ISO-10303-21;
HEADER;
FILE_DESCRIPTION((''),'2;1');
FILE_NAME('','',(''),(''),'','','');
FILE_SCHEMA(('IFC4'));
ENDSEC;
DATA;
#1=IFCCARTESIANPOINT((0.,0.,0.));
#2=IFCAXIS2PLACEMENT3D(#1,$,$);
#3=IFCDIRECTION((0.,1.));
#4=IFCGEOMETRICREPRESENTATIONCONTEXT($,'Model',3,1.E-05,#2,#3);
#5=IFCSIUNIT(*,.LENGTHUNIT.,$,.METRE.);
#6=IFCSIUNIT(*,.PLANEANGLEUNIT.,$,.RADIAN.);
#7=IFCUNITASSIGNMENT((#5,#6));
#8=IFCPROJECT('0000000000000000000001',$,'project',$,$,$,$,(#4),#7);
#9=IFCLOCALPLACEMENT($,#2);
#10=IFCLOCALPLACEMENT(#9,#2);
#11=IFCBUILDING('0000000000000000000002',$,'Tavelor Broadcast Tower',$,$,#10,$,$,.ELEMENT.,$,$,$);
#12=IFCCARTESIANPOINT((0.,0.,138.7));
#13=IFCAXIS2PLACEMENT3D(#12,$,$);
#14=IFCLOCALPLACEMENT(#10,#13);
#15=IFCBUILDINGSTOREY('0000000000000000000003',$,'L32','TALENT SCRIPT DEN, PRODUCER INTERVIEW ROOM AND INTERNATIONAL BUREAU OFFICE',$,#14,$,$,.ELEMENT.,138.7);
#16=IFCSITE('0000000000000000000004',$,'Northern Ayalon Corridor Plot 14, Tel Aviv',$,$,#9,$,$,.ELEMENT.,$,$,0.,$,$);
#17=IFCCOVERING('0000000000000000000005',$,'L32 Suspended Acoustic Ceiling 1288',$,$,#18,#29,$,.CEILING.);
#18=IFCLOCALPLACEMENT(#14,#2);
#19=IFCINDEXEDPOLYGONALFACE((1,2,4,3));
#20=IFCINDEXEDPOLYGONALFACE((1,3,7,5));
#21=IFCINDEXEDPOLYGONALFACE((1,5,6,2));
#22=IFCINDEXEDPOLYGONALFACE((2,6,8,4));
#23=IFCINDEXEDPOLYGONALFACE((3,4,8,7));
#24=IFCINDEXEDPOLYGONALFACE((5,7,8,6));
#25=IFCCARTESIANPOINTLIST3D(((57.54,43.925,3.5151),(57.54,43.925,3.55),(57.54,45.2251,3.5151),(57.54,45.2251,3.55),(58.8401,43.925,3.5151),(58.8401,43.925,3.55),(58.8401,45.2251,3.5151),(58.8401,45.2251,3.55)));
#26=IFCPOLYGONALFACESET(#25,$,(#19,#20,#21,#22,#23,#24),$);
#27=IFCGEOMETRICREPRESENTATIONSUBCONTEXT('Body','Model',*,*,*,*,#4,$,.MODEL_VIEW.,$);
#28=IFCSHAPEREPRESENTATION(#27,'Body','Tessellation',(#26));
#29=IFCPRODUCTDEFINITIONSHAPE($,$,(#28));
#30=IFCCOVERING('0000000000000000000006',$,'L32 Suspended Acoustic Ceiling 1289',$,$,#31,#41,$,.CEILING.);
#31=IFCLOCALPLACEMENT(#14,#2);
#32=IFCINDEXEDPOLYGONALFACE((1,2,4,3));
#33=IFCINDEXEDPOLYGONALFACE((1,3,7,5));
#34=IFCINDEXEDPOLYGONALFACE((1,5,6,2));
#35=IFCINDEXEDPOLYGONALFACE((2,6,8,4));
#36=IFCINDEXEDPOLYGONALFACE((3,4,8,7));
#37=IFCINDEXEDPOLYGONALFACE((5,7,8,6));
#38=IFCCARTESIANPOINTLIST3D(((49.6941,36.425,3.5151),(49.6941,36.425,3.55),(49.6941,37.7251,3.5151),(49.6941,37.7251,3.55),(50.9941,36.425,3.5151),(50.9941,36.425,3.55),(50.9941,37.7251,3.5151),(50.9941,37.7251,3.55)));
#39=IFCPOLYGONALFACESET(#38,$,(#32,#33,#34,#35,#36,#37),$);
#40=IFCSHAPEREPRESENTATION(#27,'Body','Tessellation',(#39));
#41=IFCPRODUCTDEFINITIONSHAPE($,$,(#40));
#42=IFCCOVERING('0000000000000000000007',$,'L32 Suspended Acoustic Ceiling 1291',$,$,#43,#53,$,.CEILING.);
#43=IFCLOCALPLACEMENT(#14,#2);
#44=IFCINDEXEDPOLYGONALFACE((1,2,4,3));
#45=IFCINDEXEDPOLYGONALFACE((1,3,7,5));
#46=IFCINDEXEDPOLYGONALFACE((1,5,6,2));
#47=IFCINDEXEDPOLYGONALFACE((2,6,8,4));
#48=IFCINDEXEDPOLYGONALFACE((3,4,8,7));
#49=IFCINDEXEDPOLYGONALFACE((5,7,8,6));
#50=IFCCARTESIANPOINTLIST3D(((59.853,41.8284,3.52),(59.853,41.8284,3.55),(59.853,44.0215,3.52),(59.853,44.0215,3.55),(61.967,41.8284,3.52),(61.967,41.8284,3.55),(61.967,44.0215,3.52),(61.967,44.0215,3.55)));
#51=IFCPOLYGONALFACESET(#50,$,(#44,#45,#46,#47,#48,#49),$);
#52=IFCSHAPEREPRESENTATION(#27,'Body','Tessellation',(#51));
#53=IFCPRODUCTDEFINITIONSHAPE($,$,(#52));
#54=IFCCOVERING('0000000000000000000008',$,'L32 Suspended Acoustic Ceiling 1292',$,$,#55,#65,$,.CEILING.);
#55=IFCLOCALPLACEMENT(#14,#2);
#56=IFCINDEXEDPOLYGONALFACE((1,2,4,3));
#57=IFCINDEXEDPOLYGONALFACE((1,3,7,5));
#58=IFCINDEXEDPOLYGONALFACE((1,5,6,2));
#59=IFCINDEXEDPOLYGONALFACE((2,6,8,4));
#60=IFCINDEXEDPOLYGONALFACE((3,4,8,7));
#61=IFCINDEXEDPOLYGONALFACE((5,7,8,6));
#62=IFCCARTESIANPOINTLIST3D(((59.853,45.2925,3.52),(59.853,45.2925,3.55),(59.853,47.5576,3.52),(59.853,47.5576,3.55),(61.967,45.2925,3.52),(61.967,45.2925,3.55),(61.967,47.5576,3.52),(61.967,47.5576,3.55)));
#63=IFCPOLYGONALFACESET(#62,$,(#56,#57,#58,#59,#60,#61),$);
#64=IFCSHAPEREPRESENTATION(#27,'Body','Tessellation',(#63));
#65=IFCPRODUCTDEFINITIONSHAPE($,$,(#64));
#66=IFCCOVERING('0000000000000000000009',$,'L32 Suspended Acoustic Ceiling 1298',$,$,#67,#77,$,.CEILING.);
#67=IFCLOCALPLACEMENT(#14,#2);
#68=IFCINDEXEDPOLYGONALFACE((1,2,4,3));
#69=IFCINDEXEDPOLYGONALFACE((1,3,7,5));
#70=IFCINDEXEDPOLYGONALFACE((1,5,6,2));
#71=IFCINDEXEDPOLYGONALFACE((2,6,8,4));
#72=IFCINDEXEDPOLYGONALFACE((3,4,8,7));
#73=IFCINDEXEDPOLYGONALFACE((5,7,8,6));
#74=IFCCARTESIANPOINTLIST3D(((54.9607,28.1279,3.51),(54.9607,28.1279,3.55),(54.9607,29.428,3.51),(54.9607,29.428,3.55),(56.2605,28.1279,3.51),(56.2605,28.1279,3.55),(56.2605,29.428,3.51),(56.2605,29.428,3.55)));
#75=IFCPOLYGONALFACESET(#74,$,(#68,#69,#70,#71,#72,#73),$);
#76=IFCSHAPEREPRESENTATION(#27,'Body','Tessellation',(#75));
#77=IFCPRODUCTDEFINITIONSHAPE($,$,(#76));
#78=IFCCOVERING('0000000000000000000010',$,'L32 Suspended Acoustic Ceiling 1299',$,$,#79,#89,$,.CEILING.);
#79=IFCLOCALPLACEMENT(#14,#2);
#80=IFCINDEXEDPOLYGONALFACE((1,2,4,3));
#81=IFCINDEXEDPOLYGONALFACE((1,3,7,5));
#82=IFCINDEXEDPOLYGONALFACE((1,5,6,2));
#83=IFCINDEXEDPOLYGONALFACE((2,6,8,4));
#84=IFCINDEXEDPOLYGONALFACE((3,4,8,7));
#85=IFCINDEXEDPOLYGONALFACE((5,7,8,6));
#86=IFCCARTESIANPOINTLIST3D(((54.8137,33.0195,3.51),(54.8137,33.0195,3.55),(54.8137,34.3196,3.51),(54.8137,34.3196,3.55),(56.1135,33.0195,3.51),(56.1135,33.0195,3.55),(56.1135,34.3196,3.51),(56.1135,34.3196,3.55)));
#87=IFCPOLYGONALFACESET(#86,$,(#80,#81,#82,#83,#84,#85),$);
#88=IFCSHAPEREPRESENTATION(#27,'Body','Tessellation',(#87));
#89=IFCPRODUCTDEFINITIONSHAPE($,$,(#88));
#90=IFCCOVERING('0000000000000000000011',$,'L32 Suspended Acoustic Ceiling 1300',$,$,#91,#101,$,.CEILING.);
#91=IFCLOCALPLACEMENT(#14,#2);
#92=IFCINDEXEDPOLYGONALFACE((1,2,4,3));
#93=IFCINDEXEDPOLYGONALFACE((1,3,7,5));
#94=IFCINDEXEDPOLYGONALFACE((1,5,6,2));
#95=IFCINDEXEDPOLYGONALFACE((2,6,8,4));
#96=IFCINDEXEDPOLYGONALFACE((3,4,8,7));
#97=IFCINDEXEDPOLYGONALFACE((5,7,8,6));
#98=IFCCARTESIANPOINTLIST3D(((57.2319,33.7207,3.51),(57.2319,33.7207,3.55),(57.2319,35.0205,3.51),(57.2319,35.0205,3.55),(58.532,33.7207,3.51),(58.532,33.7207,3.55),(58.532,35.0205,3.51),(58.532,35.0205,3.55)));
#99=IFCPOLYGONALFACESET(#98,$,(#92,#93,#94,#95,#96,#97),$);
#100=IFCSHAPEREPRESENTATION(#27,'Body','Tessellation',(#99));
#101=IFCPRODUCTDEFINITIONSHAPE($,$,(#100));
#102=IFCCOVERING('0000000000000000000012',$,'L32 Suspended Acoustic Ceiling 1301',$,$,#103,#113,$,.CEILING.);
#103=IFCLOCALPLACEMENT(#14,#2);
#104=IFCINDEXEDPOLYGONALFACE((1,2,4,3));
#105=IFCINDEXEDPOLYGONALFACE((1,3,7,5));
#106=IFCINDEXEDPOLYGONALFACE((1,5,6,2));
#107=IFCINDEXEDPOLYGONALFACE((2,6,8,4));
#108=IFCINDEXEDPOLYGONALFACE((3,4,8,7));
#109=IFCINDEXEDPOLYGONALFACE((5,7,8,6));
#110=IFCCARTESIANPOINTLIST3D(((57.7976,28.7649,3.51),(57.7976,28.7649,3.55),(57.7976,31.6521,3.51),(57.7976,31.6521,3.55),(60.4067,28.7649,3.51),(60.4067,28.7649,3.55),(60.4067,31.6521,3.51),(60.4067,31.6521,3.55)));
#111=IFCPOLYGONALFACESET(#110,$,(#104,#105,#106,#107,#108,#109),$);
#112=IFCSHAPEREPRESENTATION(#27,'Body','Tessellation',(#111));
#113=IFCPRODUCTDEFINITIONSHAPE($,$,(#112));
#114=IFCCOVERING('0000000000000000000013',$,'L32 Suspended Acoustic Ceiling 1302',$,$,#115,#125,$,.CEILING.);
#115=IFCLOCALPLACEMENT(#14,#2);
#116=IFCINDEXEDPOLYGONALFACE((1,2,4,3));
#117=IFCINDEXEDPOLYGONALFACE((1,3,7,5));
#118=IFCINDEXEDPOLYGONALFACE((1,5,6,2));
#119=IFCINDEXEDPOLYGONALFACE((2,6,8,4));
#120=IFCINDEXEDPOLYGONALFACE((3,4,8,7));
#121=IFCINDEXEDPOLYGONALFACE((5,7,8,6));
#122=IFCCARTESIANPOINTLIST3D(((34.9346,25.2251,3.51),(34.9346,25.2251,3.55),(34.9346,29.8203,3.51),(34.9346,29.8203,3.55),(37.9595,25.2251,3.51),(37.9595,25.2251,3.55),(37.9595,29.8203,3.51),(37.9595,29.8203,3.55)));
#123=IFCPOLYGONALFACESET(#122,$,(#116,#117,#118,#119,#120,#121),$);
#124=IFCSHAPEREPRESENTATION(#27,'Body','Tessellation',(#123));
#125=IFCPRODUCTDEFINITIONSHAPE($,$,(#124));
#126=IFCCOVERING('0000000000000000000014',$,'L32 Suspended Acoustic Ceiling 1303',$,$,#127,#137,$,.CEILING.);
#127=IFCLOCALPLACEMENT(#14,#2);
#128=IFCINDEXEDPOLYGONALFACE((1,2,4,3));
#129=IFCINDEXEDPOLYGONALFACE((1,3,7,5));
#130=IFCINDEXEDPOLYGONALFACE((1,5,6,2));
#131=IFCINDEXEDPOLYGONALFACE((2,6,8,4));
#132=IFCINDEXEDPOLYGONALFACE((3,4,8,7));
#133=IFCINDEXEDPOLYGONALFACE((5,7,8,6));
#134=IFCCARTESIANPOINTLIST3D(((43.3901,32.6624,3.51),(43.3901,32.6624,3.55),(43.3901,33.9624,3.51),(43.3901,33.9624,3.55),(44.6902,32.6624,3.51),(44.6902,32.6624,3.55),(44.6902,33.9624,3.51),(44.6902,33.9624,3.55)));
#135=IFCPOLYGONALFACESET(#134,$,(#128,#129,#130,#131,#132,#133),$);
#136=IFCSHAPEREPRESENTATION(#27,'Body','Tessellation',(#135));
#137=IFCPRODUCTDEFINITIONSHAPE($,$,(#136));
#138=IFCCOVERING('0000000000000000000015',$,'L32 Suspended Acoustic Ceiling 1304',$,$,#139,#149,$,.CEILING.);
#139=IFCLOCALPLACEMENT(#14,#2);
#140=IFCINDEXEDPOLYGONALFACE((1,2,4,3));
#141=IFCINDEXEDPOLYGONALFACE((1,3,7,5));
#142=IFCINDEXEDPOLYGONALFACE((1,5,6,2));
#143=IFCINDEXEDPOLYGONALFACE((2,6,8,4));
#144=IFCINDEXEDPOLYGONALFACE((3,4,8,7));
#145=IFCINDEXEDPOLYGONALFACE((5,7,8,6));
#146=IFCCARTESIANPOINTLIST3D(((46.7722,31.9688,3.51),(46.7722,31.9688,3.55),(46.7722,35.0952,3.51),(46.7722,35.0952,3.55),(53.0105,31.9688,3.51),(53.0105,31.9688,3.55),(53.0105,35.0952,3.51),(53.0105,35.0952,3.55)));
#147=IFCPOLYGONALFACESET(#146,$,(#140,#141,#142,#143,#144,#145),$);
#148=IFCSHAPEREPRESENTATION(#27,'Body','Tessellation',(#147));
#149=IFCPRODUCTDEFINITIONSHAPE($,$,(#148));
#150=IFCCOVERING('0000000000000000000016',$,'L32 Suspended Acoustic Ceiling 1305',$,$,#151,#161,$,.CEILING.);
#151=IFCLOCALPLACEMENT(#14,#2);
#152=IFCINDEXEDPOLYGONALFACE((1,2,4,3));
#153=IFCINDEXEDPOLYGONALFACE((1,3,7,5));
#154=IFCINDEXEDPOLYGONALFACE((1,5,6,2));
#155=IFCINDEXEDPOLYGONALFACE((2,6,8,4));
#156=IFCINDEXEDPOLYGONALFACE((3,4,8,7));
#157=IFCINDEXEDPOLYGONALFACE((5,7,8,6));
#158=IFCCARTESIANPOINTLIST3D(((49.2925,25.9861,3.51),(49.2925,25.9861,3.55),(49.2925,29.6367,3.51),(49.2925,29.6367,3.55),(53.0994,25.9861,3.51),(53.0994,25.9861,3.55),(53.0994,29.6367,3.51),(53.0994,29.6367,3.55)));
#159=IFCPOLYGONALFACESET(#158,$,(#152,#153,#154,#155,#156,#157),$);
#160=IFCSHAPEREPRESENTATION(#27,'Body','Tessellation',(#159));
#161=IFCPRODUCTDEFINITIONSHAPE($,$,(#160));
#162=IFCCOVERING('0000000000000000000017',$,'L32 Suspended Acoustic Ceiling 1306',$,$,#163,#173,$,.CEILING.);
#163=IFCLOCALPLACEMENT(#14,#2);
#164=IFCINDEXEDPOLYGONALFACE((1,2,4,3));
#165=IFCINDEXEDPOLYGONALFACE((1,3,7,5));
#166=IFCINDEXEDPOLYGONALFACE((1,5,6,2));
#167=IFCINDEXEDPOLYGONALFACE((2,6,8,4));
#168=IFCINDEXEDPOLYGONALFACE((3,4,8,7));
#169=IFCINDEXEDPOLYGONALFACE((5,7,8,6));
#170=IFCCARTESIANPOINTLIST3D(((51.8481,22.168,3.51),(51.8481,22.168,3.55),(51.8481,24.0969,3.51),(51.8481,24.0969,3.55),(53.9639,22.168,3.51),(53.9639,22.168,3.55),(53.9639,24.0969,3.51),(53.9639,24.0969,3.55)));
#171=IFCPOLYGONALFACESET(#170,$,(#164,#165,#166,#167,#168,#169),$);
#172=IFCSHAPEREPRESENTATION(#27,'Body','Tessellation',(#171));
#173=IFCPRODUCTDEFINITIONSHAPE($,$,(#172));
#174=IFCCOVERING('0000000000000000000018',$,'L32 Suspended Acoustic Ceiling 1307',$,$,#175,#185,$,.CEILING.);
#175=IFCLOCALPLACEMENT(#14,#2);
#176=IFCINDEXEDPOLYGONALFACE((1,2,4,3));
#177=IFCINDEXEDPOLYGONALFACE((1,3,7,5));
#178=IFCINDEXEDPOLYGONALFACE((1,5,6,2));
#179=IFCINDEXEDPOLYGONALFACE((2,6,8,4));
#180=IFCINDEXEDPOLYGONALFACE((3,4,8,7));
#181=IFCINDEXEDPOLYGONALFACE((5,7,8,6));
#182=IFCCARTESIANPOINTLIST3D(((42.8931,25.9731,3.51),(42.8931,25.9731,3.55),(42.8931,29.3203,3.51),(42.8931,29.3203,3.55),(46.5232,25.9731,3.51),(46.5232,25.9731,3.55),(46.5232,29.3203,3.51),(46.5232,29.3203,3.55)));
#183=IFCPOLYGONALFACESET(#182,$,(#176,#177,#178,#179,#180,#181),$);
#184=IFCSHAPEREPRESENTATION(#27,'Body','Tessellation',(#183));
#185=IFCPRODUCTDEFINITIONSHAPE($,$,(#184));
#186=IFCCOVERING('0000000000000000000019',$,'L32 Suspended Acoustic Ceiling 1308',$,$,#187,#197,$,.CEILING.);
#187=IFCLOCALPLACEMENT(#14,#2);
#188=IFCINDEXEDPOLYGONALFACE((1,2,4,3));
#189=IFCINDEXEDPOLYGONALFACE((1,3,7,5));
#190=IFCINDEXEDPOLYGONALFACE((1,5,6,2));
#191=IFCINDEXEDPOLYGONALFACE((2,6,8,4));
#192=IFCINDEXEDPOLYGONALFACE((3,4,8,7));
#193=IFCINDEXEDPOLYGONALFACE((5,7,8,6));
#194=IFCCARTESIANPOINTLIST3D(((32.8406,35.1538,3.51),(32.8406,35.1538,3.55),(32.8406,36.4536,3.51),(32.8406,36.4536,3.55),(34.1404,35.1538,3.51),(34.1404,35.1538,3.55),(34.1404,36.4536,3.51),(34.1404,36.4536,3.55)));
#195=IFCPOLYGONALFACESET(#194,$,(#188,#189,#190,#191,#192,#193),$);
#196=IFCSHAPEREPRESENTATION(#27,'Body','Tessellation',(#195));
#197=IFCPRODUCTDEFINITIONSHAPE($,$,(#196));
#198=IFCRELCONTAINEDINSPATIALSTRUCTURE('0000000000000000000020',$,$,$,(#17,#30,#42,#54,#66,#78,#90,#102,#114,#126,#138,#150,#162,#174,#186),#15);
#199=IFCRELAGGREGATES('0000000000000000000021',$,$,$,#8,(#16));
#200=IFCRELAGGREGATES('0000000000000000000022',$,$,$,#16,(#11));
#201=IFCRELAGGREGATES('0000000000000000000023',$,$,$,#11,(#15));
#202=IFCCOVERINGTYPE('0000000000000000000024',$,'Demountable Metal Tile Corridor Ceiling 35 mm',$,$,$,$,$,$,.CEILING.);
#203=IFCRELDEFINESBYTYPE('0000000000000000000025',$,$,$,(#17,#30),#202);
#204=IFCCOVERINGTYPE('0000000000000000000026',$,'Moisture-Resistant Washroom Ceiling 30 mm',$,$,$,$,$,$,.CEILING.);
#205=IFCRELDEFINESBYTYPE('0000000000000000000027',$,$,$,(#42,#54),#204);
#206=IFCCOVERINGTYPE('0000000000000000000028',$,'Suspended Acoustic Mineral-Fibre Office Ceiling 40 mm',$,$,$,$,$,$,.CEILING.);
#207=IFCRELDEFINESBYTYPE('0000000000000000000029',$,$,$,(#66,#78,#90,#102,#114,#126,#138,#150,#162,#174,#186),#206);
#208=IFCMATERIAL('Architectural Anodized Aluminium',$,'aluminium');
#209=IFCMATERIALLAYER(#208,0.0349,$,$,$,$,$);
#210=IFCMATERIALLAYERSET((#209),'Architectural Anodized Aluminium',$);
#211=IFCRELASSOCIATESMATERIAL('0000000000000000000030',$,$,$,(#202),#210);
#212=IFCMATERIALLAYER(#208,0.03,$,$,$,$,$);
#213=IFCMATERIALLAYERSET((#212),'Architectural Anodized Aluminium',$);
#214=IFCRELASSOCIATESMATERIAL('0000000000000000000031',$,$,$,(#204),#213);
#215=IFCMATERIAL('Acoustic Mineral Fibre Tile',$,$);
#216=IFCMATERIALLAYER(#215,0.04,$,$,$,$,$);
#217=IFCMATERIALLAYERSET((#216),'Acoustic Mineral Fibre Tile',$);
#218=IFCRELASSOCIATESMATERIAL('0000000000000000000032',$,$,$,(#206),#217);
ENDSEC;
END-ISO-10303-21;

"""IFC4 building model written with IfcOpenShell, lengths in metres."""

from ifc_helpers import new_model, si_unit, direction, frame, origin, place, context, subcontext, project, spatial, polyline, outline, extrude, material, layer, layer_set, type_object, element, save


model = new_model("IFC4")

# Units and contexts
model_context = context("Model", 3, precision=1e-05, world=origin(), true_north=direction((0.0, 1.0)))
body_context = subcontext(model_context, "Body", "Model", "MODEL_VIEW")
ifc_project = project(units=[si_unit("LENGTHUNIT", "METRE"), si_unit("PLANEANGLEUNIT", "RADIAN")], contexts=[model_context])

# Site, building, storey
site_placement = place(None, origin())
site = spatial("IfcSite", under=ifc_project, at=site_placement, Name="Northern Ayalon Corridor Plot 14, Tel Aviv", CompositionType="ELEMENT", RefElevation=0.0)
building_placement = place(site_placement, origin())
building = spatial("IfcBuilding", under=site, at=building_placement, Name="Tavelor Broadcast Tower", CompositionType="ELEMENT")
storey_placement = place(building_placement, frame((0.0, 0.0, 138.7)))
storey = spatial("IfcBuildingStorey", under=building, at=storey_placement, Name="L32", Description="TALENT SCRIPT DEN, PRODUCER INTERVIEW ROOM AND INTERNATIONAL BUREAU OFFICE", CompositionType="ELEMENT", Elevation=138.7)

# Coverings
ifc_material_1 = material(Name="Architectural Anodized Aluminium", Category="aluminium")
ifc_layer_1 = layer(ifc_material_1, 0.0349)
ifc_layer_set_1 = layer_set([ifc_layer_1], Name="Architectural Anodized Aluminium")
covering_type_1 = type_object("IfcCoveringType", Name="Demountable Metal Tile Corridor Ceiling 35 mm", PredefinedType="CEILING", material=ifc_layer_set_1)
covering_1_placement = place(storey_placement, frame((0.0, 0.0, 3.5151)))
element("IfcCovering", 1, at=covering_1_placement, inside=storey, type_object=covering_type_1, Name="L32 Suspended Acoustic Ceiling 1288", PredefinedType="CEILING", context=body_context, shape_type="SweptSolid", body=[
    extrude(outline(polyline([(57.54, 43.925), (58.8401, 43.925), (58.8401, 45.2251), (57.54, 45.2251), (57.54, 43.925)])), origin(), (0.0, 0.0, 1.0), 0.0349),
])
covering_2_placement = place(storey_placement, frame((0.0, 0.0, 3.5151)))
element("IfcCovering", 2, at=covering_2_placement, inside=storey, type_object=covering_type_1, Name="L32 Suspended Acoustic Ceiling 1289", PredefinedType="CEILING", context=body_context, shape_type="SweptSolid", body=[
    extrude(outline(polyline([(49.6941, 36.425), (50.9941, 36.425), (50.9941, 37.7251), (49.6941, 37.7251), (49.6941, 36.425)])), origin(), (0.0, 0.0, 1.0), 0.0349),
])
ifc_layer_2 = layer(ifc_material_1, 0.03)
ifc_layer_set_2 = layer_set([ifc_layer_2], Name="Architectural Anodized Aluminium")
covering_type_2 = type_object("IfcCoveringType", Name="Moisture-Resistant Washroom Ceiling 30 mm", PredefinedType="CEILING", material=ifc_layer_set_2)
covering_3_placement = place(storey_placement, frame((0.0, 0.0, 3.52)))
element("IfcCovering", 3, at=covering_3_placement, inside=storey, type_object=covering_type_2, Name="L32 Suspended Acoustic Ceiling 1291", PredefinedType="CEILING", context=body_context, shape_type="SweptSolid", body=[
    extrude(outline(polyline([(59.853, 41.8284), (61.967, 41.8284), (61.967, 44.0215), (59.853, 44.0215), (59.853, 41.8284)])), origin(), (0.0, 0.0, 1.0), 0.03),
])
covering_4_placement = place(storey_placement, frame((0.0, 0.0, 3.52)))
element("IfcCovering", 4, at=covering_4_placement, inside=storey, type_object=covering_type_2, Name="L32 Suspended Acoustic Ceiling 1292", PredefinedType="CEILING", context=body_context, shape_type="SweptSolid", body=[
    extrude(outline(polyline([(59.853, 45.2925), (61.967, 45.2925), (61.967, 47.5576), (59.853, 47.5576), (59.853, 45.2925)])), origin(), (0.0, 0.0, 1.0), 0.03),
])
ifc_material_2 = material(Name="Acoustic Mineral Fibre Tile")
ifc_layer_3 = layer(ifc_material_2, 0.04)
ifc_layer_set_3 = layer_set([ifc_layer_3], Name="Acoustic Mineral Fibre Tile")
covering_type_3 = type_object("IfcCoveringType", Name="Suspended Acoustic Mineral-Fibre Office Ceiling 40 mm", PredefinedType="CEILING", material=ifc_layer_set_3)
covering_5_placement = place(storey_placement, frame((0.0, 0.0, 3.51)))
element("IfcCovering", 5, at=covering_5_placement, inside=storey, type_object=covering_type_3, Name="L32 Suspended Acoustic Ceiling 1298", PredefinedType="CEILING", context=body_context, shape_type="SweptSolid", body=[
    extrude(outline(polyline([(54.9607, 28.1279), (56.2605, 28.1279), (56.2605, 29.428), (54.9607, 29.428), (54.9607, 28.1279)])), origin(), (0.0, 0.0, 1.0), 0.04),
])
covering_6_placement = place(storey_placement, frame((0.0, 0.0, 3.51)))
element("IfcCovering", 6, at=covering_6_placement, inside=storey, type_object=covering_type_3, Name="L32 Suspended Acoustic Ceiling 1299", PredefinedType="CEILING", context=body_context, shape_type="SweptSolid", body=[
    extrude(outline(polyline([(54.8137, 33.0195), (56.1135, 33.0195), (56.1135, 34.3196), (54.8137, 34.3196), (54.8137, 33.0195)])), origin(), (0.0, 0.0, 1.0), 0.04),
])
covering_7_placement = place(storey_placement, frame((0.0, 0.0, 3.51)))
element("IfcCovering", 7, at=covering_7_placement, inside=storey, type_object=covering_type_3, Name="L32 Suspended Acoustic Ceiling 1300", PredefinedType="CEILING", context=body_context, shape_type="SweptSolid", body=[
    extrude(outline(polyline([(57.2319, 33.7207), (58.532, 33.7207), (58.532, 35.0205), (57.2319, 35.0205), (57.2319, 33.7207)])), origin(), (0.0, 0.0, 1.0), 0.04),
])
covering_8_placement = place(storey_placement, frame((0.0, 0.0, 3.51)))
element("IfcCovering", 8, at=covering_8_placement, inside=storey, type_object=covering_type_3, Name="L32 Suspended Acoustic Ceiling 1301", PredefinedType="CEILING", context=body_context, shape_type="SweptSolid", body=[
    extrude(outline(polyline([(57.7976, 28.7649), (60.4067, 28.7649), (60.4067, 31.6521), (57.7976, 31.6521), (57.7976, 28.7649)])), origin(), (0.0, 0.0, 1.0), 0.04),
])
covering_9_placement = place(storey_placement, frame((0.0, 0.0, 3.51)))
element("IfcCovering", 9, at=covering_9_placement, inside=storey, type_object=covering_type_3, Name="L32 Suspended Acoustic Ceiling 1302", PredefinedType="CEILING", context=body_context, shape_type="SweptSolid", body=[
    extrude(outline(polyline([(34.9346, 25.2251), (37.9595, 25.2251), (37.9595, 29.8203), (34.9346, 29.8203), (34.9346, 25.2251)])), origin(), (0.0, 0.0, 1.0), 0.04),
])
covering_10_placement = place(storey_placement, frame((0.0, 0.0, 3.51)))
element("IfcCovering", 10, at=covering_10_placement, inside=storey, type_object=covering_type_3, Name="L32 Suspended Acoustic Ceiling 1303", PredefinedType="CEILING", context=body_context, shape_type="SweptSolid", body=[
    extrude(outline(polyline([(43.3901, 32.6624), (44.6902, 32.6624), (44.6902, 33.9624), (43.3901, 33.9624), (43.3901, 32.6624)])), origin(), (0.0, 0.0, 1.0), 0.04),
])
covering_11_placement = place(storey_placement, frame((0.0, 0.0, 3.51)))
element("IfcCovering", 11, at=covering_11_placement, inside=storey, type_object=covering_type_3, Name="L32 Suspended Acoustic Ceiling 1304", PredefinedType="CEILING", context=body_context, shape_type="SweptSolid", body=[
    extrude(outline(polyline([(46.7722, 31.9688), (53.0105, 31.9688), (53.0105, 35.0952), (46.7722, 35.0952), (46.7722, 31.9688)])), origin(), (0.0, 0.0, 1.0), 0.04),
])
covering_12_placement = place(storey_placement, frame((0.0, 0.0, 3.51)))
element("IfcCovering", 12, at=covering_12_placement, inside=storey, type_object=covering_type_3, Name="L32 Suspended Acoustic Ceiling 1305", PredefinedType="CEILING", context=body_context, shape_type="SweptSolid", body=[
    extrude(outline(polyline([(49.2925, 25.9861), (53.0994, 25.9861), (53.0994, 29.6367), (49.2925, 29.6367), (49.2925, 25.9861)])), origin(), (0.0, 0.0, 1.0), 0.04),
])
covering_13_placement = place(storey_placement, frame((0.0, 0.0, 3.51)))
element("IfcCovering", 13, at=covering_13_placement, inside=storey, type_object=covering_type_3, Name="L32 Suspended Acoustic Ceiling 1306", PredefinedType="CEILING", context=body_context, shape_type="SweptSolid", body=[
    extrude(outline(polyline([(51.8481, 22.168), (53.9639, 22.168), (53.9639, 24.0969), (51.8481, 24.0969), (51.8481, 22.168)])), origin(), (0.0, 0.0, 1.0), 0.04),
])
covering_14_placement = place(storey_placement, frame((0.0, 0.0, 3.51)))
element("IfcCovering", 14, at=covering_14_placement, inside=storey, type_object=covering_type_3, Name="L32 Suspended Acoustic Ceiling 1307", PredefinedType="CEILING", context=body_context, shape_type="SweptSolid", body=[
    extrude(outline(polyline([(42.8931, 25.9731), (46.5232, 25.9731), (46.5232, 29.3203), (42.8931, 29.3203), (42.8931, 25.9731)])), origin(), (0.0, 0.0, 1.0), 0.04),
])
covering_15_placement = place(storey_placement, frame((0.0, 0.0, 3.51)))
element("IfcCovering", 15, at=covering_15_placement, inside=storey, type_object=covering_type_3, Name="L32 Suspended Acoustic Ceiling 1308", PredefinedType="CEILING", context=body_context, shape_type="SweptSolid", body=[
    extrude(outline(polyline([(32.8406, 35.1538), (34.1404, 35.1538), (34.1404, 36.4536), (32.8406, 36.4536), (32.8406, 35.1538)])), origin(), (0.0, 0.0, 1.0), 0.04),
])

save(model, "model.ifc")
